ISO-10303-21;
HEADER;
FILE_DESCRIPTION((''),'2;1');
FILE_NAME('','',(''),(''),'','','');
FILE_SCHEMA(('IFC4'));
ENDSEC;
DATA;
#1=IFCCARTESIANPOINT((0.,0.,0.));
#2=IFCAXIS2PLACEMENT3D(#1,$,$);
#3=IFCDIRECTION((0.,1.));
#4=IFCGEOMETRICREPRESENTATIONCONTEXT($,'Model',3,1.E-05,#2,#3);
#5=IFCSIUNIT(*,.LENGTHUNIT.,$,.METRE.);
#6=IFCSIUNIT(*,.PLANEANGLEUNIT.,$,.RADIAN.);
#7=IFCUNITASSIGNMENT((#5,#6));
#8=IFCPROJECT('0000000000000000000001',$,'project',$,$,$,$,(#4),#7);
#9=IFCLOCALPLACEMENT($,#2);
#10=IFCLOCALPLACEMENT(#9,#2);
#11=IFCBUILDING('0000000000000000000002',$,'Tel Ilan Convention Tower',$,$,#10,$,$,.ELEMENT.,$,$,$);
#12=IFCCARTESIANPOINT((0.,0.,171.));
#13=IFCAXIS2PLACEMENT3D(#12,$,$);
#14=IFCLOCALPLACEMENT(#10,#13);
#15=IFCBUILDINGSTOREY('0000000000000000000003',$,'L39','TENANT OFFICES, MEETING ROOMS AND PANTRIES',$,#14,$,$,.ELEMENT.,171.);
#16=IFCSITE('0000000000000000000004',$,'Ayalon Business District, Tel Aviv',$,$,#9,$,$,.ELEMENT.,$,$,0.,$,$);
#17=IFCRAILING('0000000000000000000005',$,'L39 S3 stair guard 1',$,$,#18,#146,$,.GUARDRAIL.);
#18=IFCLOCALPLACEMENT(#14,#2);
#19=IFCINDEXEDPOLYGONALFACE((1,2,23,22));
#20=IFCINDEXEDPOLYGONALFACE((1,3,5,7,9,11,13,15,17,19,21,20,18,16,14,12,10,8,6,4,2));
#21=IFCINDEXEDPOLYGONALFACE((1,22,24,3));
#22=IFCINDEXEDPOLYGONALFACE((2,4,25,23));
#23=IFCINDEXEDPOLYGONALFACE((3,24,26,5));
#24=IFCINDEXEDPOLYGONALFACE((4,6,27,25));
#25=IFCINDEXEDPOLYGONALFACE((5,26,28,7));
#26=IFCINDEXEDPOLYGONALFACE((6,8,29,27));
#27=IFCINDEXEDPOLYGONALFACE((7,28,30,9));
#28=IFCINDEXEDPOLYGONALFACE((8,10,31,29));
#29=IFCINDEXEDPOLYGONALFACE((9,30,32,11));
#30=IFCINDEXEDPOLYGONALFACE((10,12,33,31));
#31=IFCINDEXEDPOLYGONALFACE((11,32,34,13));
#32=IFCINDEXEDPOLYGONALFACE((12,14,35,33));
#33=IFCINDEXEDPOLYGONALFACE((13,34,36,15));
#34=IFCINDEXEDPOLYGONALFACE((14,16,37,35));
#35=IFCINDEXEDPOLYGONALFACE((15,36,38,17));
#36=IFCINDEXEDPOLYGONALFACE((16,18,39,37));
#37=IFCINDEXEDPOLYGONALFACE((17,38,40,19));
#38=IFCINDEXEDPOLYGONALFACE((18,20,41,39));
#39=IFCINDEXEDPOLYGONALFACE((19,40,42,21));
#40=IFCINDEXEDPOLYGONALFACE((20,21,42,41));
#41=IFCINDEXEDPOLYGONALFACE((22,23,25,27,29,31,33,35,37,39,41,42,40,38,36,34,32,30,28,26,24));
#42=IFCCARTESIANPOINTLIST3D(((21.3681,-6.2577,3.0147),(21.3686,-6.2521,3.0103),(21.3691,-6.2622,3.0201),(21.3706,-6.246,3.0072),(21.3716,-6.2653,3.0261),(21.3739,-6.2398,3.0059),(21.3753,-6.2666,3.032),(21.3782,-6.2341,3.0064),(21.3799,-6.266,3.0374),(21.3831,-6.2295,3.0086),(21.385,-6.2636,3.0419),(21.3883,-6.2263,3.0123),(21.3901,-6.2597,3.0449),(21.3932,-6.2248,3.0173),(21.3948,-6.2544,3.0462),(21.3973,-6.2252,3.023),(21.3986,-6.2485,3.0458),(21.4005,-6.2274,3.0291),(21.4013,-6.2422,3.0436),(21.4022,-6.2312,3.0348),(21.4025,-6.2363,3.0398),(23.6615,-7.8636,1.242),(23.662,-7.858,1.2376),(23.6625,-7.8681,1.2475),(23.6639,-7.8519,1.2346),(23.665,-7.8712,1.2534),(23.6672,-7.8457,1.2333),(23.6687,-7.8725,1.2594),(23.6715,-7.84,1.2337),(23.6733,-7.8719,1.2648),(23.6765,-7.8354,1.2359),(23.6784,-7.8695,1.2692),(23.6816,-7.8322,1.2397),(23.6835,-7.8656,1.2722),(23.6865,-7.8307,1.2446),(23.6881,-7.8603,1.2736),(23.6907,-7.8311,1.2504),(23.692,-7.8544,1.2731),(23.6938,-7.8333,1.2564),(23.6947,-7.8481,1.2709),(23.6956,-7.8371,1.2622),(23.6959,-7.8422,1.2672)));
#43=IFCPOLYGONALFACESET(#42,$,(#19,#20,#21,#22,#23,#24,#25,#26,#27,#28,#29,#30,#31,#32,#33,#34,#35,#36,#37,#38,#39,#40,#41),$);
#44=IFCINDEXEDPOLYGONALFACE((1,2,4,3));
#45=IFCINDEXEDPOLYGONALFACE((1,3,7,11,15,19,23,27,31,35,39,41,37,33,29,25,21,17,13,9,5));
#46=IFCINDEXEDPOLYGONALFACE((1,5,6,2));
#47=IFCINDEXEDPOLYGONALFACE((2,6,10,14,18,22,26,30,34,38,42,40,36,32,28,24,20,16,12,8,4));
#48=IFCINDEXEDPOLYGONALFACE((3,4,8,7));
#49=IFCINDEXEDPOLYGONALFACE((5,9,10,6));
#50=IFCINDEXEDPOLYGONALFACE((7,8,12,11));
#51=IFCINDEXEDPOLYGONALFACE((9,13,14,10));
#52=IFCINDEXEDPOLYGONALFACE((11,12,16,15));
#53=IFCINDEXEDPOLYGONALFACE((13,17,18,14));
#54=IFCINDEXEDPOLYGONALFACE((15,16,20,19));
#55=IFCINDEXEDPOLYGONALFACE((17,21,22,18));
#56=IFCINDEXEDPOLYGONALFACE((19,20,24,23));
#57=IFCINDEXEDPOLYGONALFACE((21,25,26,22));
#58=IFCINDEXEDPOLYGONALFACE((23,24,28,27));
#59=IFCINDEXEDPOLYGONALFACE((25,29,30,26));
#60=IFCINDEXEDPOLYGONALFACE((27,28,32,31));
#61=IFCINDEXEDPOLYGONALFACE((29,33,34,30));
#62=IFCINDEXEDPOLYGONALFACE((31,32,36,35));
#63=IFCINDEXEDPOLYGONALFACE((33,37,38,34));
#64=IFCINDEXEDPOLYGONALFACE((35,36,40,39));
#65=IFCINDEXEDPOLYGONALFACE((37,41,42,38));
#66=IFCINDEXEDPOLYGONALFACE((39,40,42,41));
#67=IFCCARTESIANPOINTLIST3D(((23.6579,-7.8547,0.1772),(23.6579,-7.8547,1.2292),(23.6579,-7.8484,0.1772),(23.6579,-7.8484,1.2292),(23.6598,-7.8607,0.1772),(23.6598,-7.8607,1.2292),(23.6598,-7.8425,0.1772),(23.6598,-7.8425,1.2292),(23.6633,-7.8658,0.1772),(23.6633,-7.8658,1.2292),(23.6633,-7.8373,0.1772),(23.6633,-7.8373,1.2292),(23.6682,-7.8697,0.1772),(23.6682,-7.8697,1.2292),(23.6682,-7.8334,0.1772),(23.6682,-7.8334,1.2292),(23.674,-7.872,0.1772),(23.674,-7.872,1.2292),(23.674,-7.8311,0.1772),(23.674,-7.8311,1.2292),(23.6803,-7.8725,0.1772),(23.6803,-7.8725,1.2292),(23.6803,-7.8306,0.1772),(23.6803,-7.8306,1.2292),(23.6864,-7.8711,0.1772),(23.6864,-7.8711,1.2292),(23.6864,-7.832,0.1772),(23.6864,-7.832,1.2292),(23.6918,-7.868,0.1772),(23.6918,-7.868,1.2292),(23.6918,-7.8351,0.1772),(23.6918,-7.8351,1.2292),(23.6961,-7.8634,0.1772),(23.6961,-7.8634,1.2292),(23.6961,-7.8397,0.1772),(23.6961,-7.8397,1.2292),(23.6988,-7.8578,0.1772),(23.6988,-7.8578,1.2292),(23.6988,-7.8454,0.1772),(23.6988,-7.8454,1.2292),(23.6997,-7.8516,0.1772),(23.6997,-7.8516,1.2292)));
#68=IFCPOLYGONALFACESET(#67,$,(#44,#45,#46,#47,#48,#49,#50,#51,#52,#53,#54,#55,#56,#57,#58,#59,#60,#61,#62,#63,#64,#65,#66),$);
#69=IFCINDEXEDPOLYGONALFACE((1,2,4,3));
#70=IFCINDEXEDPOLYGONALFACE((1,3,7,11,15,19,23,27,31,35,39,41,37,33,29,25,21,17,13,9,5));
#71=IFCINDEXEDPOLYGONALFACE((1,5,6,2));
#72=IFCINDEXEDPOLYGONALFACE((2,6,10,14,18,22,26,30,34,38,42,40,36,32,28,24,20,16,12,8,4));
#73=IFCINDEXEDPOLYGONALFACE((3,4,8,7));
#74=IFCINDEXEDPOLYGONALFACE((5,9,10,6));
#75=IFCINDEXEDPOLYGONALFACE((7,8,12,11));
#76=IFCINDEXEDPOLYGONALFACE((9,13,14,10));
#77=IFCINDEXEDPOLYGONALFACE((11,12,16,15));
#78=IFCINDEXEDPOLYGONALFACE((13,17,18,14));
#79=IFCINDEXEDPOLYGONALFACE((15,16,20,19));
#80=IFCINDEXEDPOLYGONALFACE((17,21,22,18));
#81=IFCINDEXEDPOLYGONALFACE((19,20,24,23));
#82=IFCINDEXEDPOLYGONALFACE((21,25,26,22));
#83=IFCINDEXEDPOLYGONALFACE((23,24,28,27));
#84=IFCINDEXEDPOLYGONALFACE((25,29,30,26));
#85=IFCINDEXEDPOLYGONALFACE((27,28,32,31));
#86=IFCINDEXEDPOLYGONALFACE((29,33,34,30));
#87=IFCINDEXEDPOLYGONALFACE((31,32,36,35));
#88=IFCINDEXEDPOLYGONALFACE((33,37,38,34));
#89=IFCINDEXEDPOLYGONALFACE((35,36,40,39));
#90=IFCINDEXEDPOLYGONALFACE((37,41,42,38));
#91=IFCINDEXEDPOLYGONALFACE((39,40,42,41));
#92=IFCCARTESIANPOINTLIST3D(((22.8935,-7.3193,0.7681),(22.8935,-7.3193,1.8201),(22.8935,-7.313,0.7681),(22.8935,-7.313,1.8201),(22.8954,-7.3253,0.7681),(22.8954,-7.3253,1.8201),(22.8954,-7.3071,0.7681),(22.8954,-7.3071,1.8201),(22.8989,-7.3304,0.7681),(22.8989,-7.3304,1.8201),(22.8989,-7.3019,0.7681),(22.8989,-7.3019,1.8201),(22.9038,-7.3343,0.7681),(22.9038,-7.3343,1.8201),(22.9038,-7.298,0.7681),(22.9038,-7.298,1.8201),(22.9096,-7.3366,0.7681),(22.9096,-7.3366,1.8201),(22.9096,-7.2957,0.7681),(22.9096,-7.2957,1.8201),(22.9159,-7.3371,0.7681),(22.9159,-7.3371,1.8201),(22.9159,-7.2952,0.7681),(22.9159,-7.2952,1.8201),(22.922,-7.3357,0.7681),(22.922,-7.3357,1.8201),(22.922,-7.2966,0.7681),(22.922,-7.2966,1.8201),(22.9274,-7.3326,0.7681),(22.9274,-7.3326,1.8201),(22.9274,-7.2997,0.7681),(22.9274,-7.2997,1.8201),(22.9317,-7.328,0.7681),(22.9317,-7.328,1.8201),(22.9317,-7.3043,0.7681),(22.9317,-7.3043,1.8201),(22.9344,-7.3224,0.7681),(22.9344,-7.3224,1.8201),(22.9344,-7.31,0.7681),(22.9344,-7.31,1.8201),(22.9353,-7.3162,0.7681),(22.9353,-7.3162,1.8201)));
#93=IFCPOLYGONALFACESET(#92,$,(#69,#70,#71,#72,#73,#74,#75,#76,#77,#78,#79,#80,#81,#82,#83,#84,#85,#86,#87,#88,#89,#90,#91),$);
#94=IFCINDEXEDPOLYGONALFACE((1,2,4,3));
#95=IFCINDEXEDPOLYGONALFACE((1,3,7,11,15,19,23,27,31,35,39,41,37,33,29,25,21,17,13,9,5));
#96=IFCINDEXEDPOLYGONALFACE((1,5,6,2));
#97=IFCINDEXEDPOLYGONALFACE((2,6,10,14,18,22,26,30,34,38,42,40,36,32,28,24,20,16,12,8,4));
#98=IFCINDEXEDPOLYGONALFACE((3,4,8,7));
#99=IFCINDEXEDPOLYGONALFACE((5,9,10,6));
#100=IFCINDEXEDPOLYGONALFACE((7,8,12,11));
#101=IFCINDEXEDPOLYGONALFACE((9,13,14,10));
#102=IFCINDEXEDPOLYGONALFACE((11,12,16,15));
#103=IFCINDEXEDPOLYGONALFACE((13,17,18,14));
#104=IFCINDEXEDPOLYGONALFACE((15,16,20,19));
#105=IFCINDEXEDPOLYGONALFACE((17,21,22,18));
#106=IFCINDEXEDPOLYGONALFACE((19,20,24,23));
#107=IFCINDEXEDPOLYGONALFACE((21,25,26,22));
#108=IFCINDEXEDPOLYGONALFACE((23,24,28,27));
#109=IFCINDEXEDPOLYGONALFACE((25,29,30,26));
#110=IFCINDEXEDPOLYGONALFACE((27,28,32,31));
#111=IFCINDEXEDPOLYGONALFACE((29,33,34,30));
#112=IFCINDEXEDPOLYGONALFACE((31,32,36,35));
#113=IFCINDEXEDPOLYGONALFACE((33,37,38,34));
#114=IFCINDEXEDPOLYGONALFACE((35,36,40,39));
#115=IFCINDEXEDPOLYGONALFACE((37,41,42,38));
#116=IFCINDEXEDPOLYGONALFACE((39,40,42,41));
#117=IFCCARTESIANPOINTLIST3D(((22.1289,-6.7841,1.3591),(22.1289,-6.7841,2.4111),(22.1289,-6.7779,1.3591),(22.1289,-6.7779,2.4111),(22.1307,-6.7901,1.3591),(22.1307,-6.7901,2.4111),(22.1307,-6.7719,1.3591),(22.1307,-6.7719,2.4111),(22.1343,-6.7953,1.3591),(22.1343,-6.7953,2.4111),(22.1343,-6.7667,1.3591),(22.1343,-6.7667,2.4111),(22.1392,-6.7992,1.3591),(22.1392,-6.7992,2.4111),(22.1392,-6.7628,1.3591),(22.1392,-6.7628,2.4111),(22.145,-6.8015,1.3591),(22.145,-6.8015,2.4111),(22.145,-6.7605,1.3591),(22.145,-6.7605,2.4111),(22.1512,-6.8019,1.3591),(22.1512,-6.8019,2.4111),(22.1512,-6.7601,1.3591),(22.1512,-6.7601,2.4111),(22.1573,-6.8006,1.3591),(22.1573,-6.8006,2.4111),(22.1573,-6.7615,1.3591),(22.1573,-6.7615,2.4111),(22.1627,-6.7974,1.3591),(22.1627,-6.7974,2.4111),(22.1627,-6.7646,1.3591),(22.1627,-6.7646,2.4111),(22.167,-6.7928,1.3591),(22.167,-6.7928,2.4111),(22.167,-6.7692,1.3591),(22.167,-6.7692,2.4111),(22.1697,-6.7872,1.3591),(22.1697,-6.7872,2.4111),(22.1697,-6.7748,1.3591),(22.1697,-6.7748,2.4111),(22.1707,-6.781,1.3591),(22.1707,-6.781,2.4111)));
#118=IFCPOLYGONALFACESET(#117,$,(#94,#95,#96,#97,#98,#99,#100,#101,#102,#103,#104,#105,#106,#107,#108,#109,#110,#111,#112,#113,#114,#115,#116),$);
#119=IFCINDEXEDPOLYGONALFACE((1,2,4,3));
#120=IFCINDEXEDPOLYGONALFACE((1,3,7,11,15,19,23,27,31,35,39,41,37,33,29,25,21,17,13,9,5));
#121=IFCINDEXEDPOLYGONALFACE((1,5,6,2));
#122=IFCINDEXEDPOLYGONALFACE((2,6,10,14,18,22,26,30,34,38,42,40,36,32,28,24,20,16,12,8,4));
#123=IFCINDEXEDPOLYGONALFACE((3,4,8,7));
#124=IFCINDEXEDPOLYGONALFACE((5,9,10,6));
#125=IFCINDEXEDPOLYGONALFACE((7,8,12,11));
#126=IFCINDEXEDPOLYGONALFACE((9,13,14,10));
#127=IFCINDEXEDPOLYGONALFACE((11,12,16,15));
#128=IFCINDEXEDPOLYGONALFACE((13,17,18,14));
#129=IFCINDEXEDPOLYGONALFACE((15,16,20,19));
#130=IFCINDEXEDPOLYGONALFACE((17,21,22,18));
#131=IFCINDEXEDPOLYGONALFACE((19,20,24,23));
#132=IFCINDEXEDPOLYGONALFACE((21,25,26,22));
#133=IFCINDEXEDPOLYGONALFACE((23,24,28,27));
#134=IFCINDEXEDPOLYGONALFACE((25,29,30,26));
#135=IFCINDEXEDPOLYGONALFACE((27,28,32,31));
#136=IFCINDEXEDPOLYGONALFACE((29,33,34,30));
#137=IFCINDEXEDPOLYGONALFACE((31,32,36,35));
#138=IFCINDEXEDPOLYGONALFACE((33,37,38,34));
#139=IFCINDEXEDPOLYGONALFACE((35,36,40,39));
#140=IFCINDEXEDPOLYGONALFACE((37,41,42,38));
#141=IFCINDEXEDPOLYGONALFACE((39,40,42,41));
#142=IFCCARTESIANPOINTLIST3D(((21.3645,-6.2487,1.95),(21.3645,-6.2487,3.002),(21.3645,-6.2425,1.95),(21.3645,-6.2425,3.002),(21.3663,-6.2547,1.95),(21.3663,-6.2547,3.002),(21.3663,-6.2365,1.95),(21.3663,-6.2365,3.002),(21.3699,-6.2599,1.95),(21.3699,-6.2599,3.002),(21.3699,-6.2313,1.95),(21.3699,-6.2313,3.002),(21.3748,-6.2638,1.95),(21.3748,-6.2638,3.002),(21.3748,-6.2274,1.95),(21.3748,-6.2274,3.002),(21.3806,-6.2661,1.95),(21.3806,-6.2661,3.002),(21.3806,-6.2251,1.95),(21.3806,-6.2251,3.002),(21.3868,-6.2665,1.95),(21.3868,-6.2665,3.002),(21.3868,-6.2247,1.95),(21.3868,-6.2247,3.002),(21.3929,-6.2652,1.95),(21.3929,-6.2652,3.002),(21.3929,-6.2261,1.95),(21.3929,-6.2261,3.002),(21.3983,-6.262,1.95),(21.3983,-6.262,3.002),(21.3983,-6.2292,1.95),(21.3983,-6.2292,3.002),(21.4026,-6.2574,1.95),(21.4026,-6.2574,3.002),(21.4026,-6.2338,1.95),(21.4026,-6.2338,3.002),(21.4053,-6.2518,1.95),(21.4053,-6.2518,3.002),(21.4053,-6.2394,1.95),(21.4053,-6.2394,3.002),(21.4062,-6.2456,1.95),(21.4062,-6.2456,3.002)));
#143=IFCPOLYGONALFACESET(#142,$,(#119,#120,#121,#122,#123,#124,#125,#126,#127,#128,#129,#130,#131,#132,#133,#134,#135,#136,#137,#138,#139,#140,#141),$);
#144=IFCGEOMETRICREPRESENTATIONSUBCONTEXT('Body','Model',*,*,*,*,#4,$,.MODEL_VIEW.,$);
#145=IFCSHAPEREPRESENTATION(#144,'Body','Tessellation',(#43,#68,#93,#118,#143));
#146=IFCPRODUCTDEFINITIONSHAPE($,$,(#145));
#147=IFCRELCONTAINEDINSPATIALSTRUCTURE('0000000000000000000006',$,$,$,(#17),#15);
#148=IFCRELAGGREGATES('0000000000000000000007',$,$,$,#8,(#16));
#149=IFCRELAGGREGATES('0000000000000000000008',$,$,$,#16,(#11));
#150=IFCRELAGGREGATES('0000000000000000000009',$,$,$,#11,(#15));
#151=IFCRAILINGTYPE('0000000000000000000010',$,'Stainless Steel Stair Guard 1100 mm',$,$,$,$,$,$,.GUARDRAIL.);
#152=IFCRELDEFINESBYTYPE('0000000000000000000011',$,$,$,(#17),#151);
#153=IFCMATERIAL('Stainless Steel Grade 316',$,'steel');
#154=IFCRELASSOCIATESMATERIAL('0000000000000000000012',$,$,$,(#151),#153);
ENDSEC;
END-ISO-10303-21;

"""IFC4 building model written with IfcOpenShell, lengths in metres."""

from ifc_helpers import new_model, si_unit, direction, frame, origin, origin_2d, place, context, subcontext, project, spatial, circle, extrude, material, type_object, element, save


model = new_model("IFC4")

# Units and contexts
model_context = context("Model", 3, precision=1e-05, world=origin(), true_north=direction((0.0, 1.0)))
body_context = subcontext(model_context, "Body", "Model", "MODEL_VIEW")
ifc_project = project(units=[si_unit("LENGTHUNIT", "METRE"), si_unit("PLANEANGLEUNIT", "RADIAN")], contexts=[model_context])

# Site, building, storey
site_placement = place(None, origin())
site = spatial("IfcSite", under=ifc_project, at=site_placement, Name="Ayalon Business District, Tel Aviv", CompositionType="ELEMENT", RefElevation=0.0)
building_placement = place(site_placement, origin())
building = spatial("IfcBuilding", under=site, at=building_placement, Name="Tel Ilan Convention Tower", CompositionType="ELEMENT")
storey_placement = place(building_placement, frame((0.0, 0.0, 171.0)))
storey = spatial("IfcBuildingStorey", under=building, at=storey_placement, Name="L39", Description="TENANT OFFICES, MEETING ROOMS AND PANTRIES", CompositionType="ELEMENT", Elevation=171.0)

# Railing
ifc_material_1 = material(Name="Stainless Steel Grade 316", Category="steel")
railing_type_1 = type_object("IfcRailingType", Name="Stainless Steel Stair Guard 1100 mm", PredefinedType="GUARDRAIL", material=ifc_material_1)
railing_1_placement = place(storey_placement, frame((23.6787, -7.8516, 0.1772)))
element("IfcRailing", 1, at=railing_1_placement, inside=storey, type_object=railing_type_1, Name="L39 S3 stair guard 1", PredefinedType="GUARDRAIL", context=body_context, shape_type="SweptSolid", body=[
    extrude(circle(Radius=0.0239, at=origin_2d()), frame((0.0, 0.0, 1.0762), z_axis=(-0.692085, 0.484621, 0.53494), x_axis=(-0.573591, -0.819142, 0.0)), (0.0, 0.0, 1.0), 3.3137),
    extrude(circle(Radius=0.021, at=origin_2d()), origin(), (0.0, 0.0, 1.0), 1.052),
    extrude(circle(Radius=0.021, at=origin_2d()), frame((-0.7644, 0.5354, 0.5908)), (0.0, 0.0, 1.0), 1.052),
    extrude(circle(Radius=0.021, at=origin_2d()), frame((-1.5291, 1.0706, 1.1819)), (0.0, 0.0, 1.0), 1.052),
    extrude(circle(Radius=0.021, at=origin_2d()), frame((-2.2935, 1.606, 1.7727)), (0.0, 0.0, 1.0), 1.052),
])

save(model, "model.ifc")
